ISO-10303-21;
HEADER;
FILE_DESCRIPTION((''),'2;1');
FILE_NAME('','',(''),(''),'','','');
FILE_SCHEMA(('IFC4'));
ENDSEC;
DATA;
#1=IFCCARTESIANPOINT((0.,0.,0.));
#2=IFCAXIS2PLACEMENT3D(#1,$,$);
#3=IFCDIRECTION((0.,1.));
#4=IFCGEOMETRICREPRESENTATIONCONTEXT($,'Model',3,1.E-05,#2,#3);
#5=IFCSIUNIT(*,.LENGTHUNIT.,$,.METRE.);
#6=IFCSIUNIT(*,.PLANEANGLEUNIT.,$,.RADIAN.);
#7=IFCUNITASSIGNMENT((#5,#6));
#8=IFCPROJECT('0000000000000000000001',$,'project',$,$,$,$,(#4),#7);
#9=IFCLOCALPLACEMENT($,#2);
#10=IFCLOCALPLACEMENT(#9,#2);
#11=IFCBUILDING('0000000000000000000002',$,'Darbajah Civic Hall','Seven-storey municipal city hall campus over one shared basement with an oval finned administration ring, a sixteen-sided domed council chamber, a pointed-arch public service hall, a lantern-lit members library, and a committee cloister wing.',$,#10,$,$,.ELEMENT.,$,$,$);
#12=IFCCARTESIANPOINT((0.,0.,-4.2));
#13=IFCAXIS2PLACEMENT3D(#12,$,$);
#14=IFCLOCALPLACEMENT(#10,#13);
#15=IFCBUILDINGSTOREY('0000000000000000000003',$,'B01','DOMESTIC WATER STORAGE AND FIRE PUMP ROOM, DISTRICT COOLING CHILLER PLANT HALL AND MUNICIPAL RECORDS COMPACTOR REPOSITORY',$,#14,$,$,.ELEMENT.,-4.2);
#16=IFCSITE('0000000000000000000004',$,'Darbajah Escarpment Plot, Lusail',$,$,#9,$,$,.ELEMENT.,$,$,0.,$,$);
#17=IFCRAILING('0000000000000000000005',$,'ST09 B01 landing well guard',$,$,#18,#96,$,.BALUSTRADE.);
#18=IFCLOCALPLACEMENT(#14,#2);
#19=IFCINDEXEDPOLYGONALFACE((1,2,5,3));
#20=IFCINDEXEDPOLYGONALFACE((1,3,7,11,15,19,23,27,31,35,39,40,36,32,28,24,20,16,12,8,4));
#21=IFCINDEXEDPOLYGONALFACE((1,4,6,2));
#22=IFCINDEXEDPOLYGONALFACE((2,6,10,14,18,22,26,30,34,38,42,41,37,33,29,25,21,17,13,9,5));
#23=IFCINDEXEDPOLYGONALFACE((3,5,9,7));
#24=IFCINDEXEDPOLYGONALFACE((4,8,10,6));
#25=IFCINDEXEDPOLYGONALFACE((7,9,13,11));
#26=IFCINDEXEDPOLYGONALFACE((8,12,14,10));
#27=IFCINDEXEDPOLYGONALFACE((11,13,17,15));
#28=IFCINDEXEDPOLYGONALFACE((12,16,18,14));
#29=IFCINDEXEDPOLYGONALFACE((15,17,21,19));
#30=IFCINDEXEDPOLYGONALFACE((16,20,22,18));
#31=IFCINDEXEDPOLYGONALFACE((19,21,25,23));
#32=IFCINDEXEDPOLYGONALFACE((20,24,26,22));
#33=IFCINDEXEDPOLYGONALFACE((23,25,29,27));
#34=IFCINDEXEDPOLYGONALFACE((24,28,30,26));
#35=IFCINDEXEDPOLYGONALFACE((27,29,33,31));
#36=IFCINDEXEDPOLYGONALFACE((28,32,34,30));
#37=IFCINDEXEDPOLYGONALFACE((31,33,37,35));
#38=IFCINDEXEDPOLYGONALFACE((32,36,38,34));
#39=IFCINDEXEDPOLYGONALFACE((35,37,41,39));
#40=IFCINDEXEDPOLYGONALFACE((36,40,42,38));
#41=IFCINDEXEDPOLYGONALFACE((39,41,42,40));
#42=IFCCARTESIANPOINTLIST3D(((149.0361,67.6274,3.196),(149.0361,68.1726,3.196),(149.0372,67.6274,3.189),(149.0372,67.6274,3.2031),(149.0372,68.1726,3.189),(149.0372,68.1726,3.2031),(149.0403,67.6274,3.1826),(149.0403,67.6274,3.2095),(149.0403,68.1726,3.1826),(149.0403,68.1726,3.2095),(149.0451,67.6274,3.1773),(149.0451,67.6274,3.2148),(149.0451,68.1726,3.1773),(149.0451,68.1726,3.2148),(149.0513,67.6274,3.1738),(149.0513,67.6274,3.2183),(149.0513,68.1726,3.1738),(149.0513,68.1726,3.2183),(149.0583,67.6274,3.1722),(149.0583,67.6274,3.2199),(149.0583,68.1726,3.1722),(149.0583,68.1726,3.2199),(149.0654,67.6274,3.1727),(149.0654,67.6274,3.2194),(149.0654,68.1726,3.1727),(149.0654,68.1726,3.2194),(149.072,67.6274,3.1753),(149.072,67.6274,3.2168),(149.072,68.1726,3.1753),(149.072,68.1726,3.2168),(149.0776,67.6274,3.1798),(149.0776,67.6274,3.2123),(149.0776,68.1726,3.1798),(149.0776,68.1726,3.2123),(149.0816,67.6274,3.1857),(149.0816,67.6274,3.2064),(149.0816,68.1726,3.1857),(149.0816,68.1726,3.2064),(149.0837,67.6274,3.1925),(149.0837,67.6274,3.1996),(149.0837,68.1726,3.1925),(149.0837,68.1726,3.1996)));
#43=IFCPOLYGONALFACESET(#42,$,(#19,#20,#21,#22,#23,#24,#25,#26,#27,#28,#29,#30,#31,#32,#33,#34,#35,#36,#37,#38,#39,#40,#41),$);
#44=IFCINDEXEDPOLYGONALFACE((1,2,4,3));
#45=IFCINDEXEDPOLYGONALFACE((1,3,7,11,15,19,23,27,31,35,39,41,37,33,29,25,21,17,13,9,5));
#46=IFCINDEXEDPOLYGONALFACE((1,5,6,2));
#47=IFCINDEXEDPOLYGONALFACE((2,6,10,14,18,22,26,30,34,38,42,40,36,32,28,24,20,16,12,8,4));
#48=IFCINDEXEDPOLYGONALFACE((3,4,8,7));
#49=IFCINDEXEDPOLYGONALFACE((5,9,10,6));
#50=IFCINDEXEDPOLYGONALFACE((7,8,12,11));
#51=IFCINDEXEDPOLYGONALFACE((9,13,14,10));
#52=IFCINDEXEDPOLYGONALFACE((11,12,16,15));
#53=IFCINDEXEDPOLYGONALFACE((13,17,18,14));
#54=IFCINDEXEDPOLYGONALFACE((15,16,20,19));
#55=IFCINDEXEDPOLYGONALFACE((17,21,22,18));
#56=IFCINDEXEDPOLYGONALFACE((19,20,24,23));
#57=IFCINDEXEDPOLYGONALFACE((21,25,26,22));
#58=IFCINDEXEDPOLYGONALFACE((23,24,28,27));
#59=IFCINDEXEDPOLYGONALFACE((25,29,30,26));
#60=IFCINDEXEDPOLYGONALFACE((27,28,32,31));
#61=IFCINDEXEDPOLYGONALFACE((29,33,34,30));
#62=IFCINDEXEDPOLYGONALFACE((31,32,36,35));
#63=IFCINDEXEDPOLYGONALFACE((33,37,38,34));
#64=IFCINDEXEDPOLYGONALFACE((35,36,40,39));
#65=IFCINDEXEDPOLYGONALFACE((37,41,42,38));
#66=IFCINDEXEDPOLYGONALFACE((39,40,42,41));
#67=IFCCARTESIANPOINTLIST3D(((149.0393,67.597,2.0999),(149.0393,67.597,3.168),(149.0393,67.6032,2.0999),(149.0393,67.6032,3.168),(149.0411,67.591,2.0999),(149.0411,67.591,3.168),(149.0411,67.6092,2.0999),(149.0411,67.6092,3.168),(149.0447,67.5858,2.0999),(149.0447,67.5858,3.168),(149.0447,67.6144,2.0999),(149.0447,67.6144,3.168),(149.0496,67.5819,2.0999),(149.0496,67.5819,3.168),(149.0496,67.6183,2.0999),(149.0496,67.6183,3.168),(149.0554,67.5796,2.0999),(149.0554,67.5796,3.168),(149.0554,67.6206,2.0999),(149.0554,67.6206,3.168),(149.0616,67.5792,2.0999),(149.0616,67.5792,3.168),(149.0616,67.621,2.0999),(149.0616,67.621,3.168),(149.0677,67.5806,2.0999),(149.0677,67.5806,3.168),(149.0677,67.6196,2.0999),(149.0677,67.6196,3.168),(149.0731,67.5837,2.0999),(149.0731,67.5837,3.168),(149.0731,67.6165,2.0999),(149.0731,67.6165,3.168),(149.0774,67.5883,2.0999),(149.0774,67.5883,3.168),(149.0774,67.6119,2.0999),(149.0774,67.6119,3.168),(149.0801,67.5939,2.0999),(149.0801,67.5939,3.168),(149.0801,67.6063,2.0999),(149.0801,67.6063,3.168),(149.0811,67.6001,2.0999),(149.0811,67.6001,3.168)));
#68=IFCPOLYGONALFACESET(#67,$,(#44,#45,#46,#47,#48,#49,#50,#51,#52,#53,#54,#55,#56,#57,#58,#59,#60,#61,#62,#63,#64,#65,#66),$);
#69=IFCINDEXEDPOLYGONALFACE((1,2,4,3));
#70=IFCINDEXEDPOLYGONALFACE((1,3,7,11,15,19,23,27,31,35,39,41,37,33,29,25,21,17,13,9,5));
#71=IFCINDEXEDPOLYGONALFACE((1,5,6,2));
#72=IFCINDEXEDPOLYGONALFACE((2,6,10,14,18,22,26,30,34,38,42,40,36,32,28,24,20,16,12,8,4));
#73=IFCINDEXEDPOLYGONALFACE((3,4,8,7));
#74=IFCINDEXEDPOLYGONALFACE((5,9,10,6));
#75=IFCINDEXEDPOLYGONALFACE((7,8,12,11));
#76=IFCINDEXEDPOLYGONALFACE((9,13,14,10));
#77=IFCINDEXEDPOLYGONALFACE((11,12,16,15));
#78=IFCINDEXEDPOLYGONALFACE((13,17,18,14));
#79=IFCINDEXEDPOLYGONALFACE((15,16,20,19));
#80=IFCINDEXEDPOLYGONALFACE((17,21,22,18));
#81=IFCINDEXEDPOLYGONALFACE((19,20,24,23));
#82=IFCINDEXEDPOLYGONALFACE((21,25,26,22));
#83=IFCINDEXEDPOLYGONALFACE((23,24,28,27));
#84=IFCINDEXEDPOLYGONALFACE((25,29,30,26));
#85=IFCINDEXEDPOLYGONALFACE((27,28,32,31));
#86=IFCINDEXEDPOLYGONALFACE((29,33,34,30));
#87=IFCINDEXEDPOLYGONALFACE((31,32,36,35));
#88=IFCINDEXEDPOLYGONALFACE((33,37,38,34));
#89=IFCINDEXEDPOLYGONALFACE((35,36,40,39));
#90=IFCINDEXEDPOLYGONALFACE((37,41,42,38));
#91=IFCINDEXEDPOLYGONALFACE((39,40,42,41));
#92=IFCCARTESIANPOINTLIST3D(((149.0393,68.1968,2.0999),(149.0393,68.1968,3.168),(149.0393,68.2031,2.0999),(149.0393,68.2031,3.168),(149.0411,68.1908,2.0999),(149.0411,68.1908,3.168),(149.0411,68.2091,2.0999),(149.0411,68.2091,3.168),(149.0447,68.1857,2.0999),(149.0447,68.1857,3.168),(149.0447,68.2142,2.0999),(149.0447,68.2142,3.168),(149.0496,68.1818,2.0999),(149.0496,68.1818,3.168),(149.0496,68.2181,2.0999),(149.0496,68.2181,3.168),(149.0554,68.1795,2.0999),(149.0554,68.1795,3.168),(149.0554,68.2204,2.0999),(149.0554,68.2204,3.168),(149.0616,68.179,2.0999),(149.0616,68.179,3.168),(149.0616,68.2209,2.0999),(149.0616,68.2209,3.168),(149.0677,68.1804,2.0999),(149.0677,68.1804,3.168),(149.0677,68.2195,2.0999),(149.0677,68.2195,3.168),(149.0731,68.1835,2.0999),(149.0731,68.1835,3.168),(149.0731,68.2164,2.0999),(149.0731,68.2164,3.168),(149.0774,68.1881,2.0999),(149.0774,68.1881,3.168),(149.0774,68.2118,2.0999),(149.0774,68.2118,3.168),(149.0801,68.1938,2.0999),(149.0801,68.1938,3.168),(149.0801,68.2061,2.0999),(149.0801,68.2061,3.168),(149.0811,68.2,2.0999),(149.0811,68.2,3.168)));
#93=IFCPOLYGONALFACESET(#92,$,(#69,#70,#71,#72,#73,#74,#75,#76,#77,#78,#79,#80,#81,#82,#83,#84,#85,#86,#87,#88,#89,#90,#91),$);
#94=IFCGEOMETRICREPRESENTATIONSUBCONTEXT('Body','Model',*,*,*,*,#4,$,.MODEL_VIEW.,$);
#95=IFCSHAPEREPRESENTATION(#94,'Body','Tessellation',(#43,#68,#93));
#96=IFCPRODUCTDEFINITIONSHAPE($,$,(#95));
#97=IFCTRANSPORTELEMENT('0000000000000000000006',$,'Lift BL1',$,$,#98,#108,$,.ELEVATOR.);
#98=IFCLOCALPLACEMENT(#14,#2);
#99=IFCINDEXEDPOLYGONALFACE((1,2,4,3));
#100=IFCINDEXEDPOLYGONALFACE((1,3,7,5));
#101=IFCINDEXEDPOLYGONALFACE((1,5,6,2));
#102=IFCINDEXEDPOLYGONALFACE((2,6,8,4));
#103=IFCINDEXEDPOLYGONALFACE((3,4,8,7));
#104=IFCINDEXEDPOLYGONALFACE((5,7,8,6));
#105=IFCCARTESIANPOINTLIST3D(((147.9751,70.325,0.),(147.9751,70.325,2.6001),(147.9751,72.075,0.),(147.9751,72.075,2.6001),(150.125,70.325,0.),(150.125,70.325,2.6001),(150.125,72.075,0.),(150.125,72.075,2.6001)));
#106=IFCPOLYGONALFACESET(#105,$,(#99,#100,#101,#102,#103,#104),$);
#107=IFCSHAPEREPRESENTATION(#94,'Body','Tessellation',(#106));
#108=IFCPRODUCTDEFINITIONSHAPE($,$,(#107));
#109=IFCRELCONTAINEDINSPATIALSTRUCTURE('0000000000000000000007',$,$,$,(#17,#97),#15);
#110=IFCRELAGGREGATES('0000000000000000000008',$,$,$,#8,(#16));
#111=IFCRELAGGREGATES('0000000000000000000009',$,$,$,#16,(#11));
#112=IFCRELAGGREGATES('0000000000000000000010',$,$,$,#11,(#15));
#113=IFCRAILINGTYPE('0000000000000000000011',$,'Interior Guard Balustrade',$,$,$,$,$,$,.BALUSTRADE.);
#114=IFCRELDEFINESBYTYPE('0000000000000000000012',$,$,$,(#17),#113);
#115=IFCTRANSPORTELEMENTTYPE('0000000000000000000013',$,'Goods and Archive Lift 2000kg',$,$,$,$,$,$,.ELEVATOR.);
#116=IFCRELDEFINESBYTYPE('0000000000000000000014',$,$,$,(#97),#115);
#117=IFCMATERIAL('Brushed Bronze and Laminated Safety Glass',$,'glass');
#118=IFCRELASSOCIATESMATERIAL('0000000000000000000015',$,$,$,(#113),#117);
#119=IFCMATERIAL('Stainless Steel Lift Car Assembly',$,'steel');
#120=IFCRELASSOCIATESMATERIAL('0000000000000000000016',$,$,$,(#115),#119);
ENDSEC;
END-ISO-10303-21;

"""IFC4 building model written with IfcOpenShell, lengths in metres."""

from ifc_helpers import new_model, si_unit, direction, frame, origin, origin_2d, place, context, subcontext, project, spatial, rectangle, circle, extrude, material, type_object, element, save


model = new_model("IFC4")

# Units and contexts
model_context = context("Model", 3, precision=1e-05, world=origin(), true_north=direction((0.0, 1.0)))
body_context = subcontext(model_context, "Body", "Model", "MODEL_VIEW")
ifc_project = project(units=[si_unit("LENGTHUNIT", "METRE"), si_unit("PLANEANGLEUNIT", "RADIAN")], contexts=[model_context])

# Site, building, storey
site_placement = place(None, origin())
site = spatial("IfcSite", under=ifc_project, at=site_placement, Name="Darbajah Escarpment Plot, Lusail", CompositionType="ELEMENT", RefElevation=0.0)
building_placement = place(site_placement, origin())
building = spatial("IfcBuilding", under=site, at=building_placement, Name="Darbajah Civic Hall", Description="Seven-storey municipal city hall campus over one shared basement with an oval finned administration ring, a sixteen-sided domed council chamber, a pointed-arch public service hall, a lantern-lit members library, and a committee cloister wing.", CompositionType="ELEMENT")
storey_placement = place(building_placement, frame((0.0, 0.0, -4.2)))
storey = spatial("IfcBuildingStorey", under=building, at=storey_placement, Name="B01", Description="DOMESTIC WATER STORAGE AND FIRE PUMP ROOM, DISTRICT COOLING CHILLER PLANT HALL AND MUNICIPAL RECORDS COMPACTOR REPOSITORY", CompositionType="ELEMENT", Elevation=-4.2)

# Railing
ifc_material_1 = material(Name="Brushed Bronze and Laminated Safety Glass", Category="glass")
railing_type_1 = type_object("IfcRailingType", Name="Interior Guard Balustrade", PredefinedType="BALUSTRADE", material=ifc_material_1)
railing_1_placement = place(storey_placement, frame((149.0601, 67.6001, 2.0999)))
element("IfcRailing", 1, at=railing_1_placement, inside=storey, type_object=railing_type_1, Name="ST09 B01 landing well guard", PredefinedType="BALUSTRADE", context=body_context, shape_type="SweptSolid", body=[
    extrude(circle(Radius=0.0239, at=origin_2d()), frame((0.0, 0.0273, 1.0962), z_axis=(0.0, 1.0, 0.0), x_axis=(-1.0, 0.0, 0.0)), (0.0, 0.0, 1.0), 0.5452),
    extrude(circle(Radius=0.021, at=origin_2d()), origin(), (0.0, 0.0, 1.0), 1.0681),
    extrude(circle(Radius=0.021, at=origin_2d()), frame((0.0, 0.5999, 0.0)), (0.0, 0.0, 1.0), 1.0681),
])

# Transport element
ifc_material_2 = material(Name="Stainless Steel Lift Car Assembly", Category="steel")
transport_element_type = type_object("IfcTransportElementType", Name="Goods and Archive Lift 2000kg", PredefinedType="ELEVATOR", material=ifc_material_2)
transport_element_placement = place(storey_placement, frame((149.05, 71.2, 0.0), z_axis=(0.0, 0.0, 1.0), x_axis=(1.0, 0.0, 0.0)))
element("IfcTransportElement", 2, at=transport_element_placement, inside=storey, type_object=transport_element_type, Name="Lift BL1", PredefinedType="ELEVATOR", context=body_context, shape_type="SweptSolid", body=[
    extrude(rectangle(XDim=2.1499, YDim=1.75, at=origin_2d()), origin(), (0.0, 0.0, 1.0), 2.6001),
])

save(model, "model.ifc")
